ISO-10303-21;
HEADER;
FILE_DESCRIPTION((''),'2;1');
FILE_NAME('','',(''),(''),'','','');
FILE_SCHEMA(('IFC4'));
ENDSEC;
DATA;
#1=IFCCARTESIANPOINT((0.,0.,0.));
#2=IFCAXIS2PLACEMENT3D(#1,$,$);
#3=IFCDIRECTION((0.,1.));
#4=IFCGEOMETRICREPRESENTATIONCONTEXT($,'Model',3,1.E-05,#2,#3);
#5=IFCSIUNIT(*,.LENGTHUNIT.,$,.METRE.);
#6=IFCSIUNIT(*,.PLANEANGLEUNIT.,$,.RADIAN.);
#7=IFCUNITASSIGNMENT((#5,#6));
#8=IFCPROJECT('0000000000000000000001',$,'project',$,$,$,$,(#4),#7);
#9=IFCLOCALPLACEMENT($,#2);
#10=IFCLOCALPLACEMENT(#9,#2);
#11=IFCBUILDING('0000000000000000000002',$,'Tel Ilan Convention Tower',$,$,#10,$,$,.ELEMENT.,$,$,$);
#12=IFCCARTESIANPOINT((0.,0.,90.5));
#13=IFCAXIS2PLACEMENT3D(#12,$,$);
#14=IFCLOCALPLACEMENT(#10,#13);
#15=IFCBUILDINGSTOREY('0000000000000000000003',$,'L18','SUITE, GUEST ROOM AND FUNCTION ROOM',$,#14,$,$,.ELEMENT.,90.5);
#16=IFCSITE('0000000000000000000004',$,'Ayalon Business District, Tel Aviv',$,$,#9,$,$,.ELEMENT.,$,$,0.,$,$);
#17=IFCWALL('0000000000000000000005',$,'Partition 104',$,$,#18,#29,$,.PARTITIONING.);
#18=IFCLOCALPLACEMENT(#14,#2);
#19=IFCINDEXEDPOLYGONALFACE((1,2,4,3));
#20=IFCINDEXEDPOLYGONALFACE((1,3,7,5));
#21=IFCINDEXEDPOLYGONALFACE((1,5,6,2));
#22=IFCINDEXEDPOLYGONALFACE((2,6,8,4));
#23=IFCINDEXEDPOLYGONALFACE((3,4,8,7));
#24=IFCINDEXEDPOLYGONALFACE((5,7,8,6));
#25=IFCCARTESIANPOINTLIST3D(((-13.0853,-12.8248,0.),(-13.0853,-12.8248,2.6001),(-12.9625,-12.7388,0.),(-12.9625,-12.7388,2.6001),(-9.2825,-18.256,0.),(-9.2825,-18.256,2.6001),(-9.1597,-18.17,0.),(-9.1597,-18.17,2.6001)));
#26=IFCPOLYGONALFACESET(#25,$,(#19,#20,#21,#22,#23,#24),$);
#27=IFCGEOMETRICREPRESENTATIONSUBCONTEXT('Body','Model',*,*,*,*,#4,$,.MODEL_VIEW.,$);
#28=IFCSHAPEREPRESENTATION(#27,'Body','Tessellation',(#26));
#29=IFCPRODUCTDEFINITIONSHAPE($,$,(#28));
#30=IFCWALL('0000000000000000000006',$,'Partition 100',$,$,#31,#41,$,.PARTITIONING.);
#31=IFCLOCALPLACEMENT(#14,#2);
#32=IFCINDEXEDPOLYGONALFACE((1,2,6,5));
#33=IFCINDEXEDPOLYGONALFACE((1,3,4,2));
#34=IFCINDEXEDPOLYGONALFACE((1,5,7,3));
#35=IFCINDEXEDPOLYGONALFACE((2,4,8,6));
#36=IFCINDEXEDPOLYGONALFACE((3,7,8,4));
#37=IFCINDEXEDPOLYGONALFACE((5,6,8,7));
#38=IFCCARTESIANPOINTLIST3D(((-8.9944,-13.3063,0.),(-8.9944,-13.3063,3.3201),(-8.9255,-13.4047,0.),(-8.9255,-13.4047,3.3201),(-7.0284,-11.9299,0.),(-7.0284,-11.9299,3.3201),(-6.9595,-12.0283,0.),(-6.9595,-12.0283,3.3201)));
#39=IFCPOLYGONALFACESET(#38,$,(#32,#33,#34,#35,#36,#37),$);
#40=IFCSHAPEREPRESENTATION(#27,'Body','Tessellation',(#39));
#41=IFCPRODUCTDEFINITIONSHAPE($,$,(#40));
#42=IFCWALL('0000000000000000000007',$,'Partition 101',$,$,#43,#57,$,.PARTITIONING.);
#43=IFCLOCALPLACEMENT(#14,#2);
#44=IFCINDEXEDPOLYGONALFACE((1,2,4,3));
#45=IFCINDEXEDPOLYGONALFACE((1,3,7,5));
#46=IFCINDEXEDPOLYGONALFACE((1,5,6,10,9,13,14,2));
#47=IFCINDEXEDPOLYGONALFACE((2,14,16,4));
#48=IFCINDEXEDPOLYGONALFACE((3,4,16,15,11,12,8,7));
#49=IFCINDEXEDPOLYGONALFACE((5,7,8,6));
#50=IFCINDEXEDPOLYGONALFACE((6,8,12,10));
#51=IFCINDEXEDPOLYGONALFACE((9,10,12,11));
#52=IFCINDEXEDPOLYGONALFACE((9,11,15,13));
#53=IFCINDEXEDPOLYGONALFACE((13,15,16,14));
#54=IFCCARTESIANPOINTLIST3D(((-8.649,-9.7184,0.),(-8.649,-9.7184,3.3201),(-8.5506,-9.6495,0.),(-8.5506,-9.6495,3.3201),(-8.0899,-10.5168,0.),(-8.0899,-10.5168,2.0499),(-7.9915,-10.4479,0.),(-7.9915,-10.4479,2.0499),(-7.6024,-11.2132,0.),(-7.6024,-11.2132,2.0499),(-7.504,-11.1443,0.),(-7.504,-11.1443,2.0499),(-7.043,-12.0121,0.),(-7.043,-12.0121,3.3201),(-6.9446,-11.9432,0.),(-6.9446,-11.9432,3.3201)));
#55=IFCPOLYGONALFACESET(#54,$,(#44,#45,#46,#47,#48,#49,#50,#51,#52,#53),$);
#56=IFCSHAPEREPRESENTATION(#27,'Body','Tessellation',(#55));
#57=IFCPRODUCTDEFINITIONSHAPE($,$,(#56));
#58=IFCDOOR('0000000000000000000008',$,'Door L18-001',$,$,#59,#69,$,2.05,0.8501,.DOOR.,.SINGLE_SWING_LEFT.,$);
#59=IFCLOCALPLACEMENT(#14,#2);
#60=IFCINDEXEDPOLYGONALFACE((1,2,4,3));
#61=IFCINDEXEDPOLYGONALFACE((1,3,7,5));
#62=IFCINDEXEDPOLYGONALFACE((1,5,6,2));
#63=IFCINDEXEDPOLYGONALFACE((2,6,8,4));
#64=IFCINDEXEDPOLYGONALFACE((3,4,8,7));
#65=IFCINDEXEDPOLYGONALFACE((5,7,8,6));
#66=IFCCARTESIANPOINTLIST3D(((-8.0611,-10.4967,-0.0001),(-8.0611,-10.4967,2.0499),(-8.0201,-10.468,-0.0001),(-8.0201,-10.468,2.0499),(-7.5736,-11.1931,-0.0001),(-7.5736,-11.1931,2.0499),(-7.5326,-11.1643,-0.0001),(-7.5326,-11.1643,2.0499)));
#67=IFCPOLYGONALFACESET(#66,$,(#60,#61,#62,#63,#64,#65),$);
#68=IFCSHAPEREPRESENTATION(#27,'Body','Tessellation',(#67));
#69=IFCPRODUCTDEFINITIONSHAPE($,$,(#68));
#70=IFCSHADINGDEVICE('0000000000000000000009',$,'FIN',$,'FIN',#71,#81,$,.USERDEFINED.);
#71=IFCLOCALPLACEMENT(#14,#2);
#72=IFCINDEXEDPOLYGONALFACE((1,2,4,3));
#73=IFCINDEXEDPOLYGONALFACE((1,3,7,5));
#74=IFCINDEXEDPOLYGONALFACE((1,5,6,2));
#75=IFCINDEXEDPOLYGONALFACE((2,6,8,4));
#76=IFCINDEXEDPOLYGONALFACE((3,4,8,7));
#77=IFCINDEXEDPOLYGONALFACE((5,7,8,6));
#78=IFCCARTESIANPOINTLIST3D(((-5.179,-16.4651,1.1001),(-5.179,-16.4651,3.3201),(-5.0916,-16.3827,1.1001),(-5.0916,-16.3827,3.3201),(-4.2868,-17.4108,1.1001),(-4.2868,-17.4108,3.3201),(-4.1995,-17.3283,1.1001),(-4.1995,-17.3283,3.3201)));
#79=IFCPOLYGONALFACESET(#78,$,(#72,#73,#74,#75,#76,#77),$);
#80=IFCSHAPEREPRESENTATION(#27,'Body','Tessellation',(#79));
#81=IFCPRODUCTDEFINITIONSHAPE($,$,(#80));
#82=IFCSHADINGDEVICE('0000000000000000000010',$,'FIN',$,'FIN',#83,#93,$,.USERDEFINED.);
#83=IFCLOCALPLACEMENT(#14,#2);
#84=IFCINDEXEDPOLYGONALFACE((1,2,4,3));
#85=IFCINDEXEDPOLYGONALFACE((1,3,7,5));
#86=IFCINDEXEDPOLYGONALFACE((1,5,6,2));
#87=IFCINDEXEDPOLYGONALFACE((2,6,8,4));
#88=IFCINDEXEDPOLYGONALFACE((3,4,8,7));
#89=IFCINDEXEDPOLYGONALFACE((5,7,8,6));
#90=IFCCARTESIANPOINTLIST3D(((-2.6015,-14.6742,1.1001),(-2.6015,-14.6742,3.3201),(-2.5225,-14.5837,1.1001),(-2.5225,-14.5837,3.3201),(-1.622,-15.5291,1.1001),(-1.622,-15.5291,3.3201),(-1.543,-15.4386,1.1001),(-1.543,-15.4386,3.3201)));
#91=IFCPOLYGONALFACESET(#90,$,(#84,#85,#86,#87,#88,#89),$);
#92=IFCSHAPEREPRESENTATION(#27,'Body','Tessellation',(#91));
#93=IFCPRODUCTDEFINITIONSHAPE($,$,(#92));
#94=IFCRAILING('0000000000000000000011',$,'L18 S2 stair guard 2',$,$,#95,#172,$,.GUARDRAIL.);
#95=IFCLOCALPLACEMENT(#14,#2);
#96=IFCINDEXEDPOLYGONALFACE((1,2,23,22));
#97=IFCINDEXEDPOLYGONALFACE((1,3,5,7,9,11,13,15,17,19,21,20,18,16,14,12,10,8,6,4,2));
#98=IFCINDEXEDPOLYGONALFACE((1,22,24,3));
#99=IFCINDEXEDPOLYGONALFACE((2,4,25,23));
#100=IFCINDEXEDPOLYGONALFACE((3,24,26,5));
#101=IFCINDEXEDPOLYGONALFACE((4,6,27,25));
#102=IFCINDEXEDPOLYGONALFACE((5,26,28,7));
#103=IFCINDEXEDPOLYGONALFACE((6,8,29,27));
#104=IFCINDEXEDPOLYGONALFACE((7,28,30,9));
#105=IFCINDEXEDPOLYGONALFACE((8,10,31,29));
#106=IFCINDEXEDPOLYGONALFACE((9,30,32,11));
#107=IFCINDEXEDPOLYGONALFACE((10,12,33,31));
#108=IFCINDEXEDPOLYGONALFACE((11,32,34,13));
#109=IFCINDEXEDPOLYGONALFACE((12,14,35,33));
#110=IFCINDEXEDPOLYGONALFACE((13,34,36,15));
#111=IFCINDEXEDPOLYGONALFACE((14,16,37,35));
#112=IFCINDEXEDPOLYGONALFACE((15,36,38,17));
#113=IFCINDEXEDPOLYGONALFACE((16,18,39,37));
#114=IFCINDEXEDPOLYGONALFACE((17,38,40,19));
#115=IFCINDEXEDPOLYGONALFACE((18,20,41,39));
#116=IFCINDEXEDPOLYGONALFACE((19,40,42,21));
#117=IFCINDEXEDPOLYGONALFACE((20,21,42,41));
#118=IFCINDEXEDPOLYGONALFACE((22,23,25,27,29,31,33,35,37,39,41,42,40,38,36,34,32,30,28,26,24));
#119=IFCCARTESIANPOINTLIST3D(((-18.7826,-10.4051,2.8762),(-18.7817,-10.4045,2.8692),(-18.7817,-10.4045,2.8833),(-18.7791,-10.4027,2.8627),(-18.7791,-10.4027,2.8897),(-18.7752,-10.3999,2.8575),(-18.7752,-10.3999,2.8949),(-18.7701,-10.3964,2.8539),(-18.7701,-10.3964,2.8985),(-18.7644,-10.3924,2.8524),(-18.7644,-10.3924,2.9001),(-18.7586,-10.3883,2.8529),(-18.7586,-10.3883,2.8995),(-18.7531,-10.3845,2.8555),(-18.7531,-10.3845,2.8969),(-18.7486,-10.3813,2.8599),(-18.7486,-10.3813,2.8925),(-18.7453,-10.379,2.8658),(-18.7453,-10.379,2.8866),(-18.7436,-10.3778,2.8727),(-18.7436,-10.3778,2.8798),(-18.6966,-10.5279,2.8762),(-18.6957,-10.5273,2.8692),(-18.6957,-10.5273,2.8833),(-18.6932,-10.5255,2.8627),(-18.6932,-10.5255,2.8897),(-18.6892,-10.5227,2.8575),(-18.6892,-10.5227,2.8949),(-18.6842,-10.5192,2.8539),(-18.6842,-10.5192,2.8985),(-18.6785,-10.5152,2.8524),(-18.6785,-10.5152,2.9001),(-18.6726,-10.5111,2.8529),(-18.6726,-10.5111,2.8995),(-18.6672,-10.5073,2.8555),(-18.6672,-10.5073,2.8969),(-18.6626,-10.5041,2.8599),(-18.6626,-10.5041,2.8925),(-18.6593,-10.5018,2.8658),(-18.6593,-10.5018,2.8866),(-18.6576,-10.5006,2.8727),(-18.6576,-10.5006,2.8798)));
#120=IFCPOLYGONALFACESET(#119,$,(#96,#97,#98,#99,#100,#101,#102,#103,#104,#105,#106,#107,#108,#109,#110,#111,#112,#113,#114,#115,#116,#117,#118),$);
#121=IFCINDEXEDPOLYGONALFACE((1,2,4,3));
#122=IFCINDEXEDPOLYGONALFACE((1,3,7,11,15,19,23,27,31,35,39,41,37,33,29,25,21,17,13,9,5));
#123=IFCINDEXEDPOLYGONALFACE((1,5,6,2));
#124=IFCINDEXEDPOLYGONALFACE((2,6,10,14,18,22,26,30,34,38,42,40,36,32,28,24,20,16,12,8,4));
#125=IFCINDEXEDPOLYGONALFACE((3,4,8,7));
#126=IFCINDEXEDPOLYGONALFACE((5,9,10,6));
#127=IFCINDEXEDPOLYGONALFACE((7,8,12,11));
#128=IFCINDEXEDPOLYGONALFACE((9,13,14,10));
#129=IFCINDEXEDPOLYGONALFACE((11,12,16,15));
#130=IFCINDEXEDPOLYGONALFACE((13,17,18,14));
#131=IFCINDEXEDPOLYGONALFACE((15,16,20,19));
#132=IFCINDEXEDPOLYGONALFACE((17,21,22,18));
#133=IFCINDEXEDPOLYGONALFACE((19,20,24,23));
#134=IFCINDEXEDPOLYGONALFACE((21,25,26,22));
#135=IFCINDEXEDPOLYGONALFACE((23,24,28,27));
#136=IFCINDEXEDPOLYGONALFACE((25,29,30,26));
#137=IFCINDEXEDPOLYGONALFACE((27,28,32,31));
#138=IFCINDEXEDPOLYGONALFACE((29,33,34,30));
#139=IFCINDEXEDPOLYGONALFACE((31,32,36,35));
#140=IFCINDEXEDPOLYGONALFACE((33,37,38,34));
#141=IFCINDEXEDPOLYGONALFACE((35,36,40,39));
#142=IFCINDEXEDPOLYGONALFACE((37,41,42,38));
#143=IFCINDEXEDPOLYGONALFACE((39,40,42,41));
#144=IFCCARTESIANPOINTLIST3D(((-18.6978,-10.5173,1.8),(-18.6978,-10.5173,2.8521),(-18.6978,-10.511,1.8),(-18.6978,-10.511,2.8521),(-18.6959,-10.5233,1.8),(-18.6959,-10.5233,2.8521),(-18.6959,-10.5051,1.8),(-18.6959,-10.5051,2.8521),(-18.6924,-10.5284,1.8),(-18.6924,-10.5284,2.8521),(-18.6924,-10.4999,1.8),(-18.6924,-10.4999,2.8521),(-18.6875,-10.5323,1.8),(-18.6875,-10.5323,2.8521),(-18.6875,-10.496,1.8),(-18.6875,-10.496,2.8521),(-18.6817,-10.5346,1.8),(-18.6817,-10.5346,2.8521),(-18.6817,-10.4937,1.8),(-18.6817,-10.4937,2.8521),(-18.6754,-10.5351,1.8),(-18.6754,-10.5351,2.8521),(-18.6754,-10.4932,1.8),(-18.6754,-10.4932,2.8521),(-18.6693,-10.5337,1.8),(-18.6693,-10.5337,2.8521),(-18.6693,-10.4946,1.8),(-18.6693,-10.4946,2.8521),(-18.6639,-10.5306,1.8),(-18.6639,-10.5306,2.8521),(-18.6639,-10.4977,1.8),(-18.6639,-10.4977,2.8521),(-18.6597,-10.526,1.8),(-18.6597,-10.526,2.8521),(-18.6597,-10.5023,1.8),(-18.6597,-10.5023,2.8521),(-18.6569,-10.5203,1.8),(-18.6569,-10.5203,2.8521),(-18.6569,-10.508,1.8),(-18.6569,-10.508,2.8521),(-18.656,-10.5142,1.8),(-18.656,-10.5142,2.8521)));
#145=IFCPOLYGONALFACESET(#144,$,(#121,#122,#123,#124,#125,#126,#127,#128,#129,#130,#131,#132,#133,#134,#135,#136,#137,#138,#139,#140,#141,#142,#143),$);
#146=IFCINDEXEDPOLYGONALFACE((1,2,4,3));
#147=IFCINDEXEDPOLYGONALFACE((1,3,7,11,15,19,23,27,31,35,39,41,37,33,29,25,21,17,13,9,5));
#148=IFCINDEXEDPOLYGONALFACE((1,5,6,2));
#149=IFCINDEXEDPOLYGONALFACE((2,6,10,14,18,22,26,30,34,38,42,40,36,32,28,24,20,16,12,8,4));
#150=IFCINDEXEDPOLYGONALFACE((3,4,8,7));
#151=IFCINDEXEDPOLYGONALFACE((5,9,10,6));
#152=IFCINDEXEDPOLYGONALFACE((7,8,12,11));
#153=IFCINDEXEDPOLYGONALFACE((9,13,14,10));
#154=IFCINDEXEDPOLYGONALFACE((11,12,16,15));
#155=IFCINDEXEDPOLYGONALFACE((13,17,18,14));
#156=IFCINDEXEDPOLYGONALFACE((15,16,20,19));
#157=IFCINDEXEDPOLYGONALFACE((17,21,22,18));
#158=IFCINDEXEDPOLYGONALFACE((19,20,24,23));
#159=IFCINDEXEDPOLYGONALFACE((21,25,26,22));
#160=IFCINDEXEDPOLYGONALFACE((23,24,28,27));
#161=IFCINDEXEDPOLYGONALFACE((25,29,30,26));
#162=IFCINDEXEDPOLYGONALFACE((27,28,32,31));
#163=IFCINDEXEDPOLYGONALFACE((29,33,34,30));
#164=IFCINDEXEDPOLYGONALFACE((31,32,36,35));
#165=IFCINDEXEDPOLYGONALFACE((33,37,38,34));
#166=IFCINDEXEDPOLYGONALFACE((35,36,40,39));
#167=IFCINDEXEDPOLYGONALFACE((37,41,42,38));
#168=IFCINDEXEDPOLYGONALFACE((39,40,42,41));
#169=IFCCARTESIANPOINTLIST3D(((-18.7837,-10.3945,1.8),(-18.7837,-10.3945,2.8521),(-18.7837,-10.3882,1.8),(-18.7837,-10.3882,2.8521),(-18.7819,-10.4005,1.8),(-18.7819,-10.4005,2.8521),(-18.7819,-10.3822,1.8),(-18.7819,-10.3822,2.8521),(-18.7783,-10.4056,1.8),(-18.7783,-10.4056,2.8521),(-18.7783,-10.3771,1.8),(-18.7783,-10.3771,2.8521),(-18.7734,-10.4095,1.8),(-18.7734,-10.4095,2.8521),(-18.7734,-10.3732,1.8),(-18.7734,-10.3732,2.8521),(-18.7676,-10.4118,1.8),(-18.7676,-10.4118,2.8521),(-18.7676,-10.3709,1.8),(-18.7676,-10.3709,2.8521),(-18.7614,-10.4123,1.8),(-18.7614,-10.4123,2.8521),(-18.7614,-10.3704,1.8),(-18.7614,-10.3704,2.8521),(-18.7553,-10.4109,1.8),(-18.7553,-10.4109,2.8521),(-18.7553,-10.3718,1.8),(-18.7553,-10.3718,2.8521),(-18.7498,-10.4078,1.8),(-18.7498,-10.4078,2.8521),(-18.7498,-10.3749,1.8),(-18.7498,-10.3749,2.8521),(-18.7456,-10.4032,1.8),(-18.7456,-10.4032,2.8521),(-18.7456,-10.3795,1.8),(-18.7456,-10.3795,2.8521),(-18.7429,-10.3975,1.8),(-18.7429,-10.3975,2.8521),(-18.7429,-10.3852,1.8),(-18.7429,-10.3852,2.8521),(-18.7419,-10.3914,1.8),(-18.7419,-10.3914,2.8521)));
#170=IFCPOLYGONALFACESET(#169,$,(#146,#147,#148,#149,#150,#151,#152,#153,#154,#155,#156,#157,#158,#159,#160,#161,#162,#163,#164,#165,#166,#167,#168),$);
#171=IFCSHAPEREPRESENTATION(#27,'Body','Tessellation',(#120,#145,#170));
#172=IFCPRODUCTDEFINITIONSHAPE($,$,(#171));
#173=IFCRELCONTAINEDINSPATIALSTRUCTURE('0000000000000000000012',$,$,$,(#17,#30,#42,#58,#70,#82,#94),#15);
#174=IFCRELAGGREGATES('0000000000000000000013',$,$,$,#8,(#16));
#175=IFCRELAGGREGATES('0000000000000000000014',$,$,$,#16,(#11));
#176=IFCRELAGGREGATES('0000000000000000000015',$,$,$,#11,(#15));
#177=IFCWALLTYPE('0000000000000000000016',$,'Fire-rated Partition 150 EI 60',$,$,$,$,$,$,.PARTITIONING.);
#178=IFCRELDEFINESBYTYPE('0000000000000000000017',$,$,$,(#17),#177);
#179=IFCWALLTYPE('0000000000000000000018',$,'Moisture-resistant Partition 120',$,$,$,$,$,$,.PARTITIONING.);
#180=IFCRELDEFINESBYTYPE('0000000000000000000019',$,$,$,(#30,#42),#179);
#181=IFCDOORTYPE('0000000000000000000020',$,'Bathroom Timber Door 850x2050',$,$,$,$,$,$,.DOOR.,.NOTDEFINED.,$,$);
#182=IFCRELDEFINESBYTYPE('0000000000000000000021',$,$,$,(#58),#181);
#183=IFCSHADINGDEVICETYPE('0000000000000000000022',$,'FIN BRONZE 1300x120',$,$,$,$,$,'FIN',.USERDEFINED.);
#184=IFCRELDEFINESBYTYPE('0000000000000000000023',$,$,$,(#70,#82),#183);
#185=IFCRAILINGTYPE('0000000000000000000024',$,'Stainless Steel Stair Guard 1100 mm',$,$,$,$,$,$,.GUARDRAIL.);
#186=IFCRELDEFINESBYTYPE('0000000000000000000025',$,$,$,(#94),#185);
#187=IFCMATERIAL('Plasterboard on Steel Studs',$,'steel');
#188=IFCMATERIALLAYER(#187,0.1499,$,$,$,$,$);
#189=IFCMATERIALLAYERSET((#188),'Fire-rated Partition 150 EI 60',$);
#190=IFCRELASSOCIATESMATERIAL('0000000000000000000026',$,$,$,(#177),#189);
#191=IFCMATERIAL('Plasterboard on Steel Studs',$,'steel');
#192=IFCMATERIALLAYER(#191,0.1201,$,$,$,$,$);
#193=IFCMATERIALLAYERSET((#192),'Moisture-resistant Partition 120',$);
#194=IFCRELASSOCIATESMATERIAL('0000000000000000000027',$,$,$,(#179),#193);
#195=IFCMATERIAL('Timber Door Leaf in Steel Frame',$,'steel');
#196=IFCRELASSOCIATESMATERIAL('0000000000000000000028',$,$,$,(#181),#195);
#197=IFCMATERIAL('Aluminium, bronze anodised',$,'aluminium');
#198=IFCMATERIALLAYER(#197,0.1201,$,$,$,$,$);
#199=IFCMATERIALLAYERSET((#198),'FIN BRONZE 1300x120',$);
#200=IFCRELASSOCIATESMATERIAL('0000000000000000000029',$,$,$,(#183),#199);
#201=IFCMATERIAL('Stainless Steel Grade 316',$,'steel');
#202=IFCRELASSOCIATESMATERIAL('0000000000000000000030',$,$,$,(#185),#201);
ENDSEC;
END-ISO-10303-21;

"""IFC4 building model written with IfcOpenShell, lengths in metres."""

from ifc_helpers import new_model, si_unit, direction, frame, frame_2d, origin, origin_2d, place, context, subcontext, project, spatial, rectangle, circle, extrude, material, layer, layer_set, type_object, element, fill, save


model = new_model("IFC4")

# Units and contexts
model_context = context("Model", 3, precision=1e-05, world=origin(), true_north=direction((0.0, 1.0)))
body_context = subcontext(model_context, "Body", "Model", "MODEL_VIEW")
ifc_project = project(units=[si_unit("LENGTHUNIT", "METRE"), si_unit("PLANEANGLEUNIT", "RADIAN")], contexts=[model_context])

# Site, building, storey
site_placement = place(None, origin())
site = spatial("IfcSite", under=ifc_project, at=site_placement, Name="Ayalon Business District, Tel Aviv", CompositionType="ELEMENT", RefElevation=0.0)
building_placement = place(site_placement, origin())
building = spatial("IfcBuilding", under=site, at=building_placement, Name="Tel Ilan Convention Tower", CompositionType="ELEMENT")
storey_placement = place(building_placement, frame((0.0, 0.0, 90.5)))
storey = spatial("IfcBuildingStorey", under=building, at=storey_placement, Name="L18", Description="SUITE, GUEST ROOM AND FUNCTION ROOM", CompositionType="ELEMENT", Elevation=90.5)

# Shared definitions
ifc_material_1 = material(Name="Plasterboard on Steel Studs", Category="steel")
ifc_layer_1 = layer(ifc_material_1, 0.1499)
ifc_layer_set_1 = layer_set([ifc_layer_1], Name="Fire-rated Partition 150 EI 60")
wall_type_1 = type_object("IfcWallType", Name="Fire-rated Partition 150 EI 60", PredefinedType="PARTITIONING", material=ifc_layer_set_1)

# Walls
wall_1_placement = place(storey_placement, frame((-9.2212, -18.2129, 0.0), z_axis=(0.0, 0.0, 1.0), x_axis=(-0.573556, 0.819166, 0.0)))
element("IfcWall", 1, at=wall_1_placement, inside=storey, type_object=wall_type_1, Name="Partition 104", PredefinedType="PARTITIONING", context=body_context, shape_type="SweptSolid", body=[
    extrude(rectangle(XDim=6.6301, YDim=0.1499, at=frame_2d((3.3149, 0.0))), origin(), (0.0, 0.0, 1.0), 2.6001),
])
ifc_material_2 = material(Name="Plasterboard on Steel Studs", Category="steel")
ifc_layer_2 = layer(ifc_material_2, 0.1201)
ifc_layer_set_2 = layer_set([ifc_layer_2], Name="Moisture-resistant Partition 120")
wall_type_2 = type_object("IfcWallType", Name="Moisture-resistant Partition 120", PredefinedType="PARTITIONING", material=ifc_layer_set_2)
wall_2_placement = place(storey_placement, frame((-8.96, -13.3555, 0.0), z_axis=(0.0, 0.0, 1.0), x_axis=(0.819189, 0.573524, 0.0)))
element("IfcWall", 2, at=wall_2_placement, inside=storey, type_object=wall_type_2, Name="Partition 100", PredefinedType="PARTITIONING", context=body_context, shape_type="SweptSolid", body=[
    extrude(rectangle(XDim=2.3999, YDim=0.1201, at=frame_2d((1.2, 0.0))), origin(), (0.0, 0.0, 1.0), 3.3201),
])

# Wall, opening, door
wall_3_placement = place(storey_placement, frame((-6.9939, -11.9775, 0.0), z_axis=(0.0, 0.0, 1.0), x_axis=(-0.57355, 0.81917, 0.0)))
wall_3 = element("IfcWall", 3, at=wall_3_placement, inside=storey, type_object=wall_type_2, Name="Partition 101", PredefinedType="PARTITIONING", context=body_context, shape_type="SweptSolid", body=[
    extrude(rectangle(XDim=2.8, YDim=0.1201, at=frame_2d((1.3999, 0.0))), origin(), (0.0, 0.0, 1.0), 3.3201),
])
opening_1_placement = place(wall_3_placement, frame((0.9751, 0.0, 0.0)))
opening_1 = element("IfcOpeningElement", 4, at=opening_1_placement, cuts=wall_3, PredefinedType="OPENING", context=body_context, shape_type="SweptSolid", body=[
    extrude(rectangle(XDim=0.8501, YDim=2.05, at=frame_2d((0.425, 1.0249))), frame((0.0, 0.0701, 0.0), z_axis=(0.0, -1.0, 0.0), x_axis=(1.0, 0.0, 0.0)), (0.0, 0.0, 1.0), 0.1401),
])
ifc_material_3 = material(Name="Timber Door Leaf in Steel Frame", Category="steel")
door_type_1 = type_object("IfcDoorType", Name="Bathroom Timber Door 850x2050", OperationType="NOTDEFINED", PredefinedType="DOOR", material=ifc_material_3)
door_1_placement = place(opening_1_placement, origin())
door_1 = element("IfcDoor", 5, at=door_1_placement, inside=storey, type_object=door_type_1, Name="Door L18-001", OperationType="SINGLE_SWING_LEFT", OverallHeight=2.05, OverallWidth=0.8501, PredefinedType="DOOR", context=body_context, shape_type="SweptSolid", body=[
    extrude(rectangle(XDim=0.8501, YDim=2.05, at=frame_2d((0.425, 1.0249))), frame((0.0, 0.0249, 0.0), z_axis=(0.0, -1.0, 0.0), x_axis=(1.0, 0.0, 0.0)), (0.0, 0.0, 1.0), 0.05),
])
fill(opening_1, door_1)

# Shading devices
ifc_material_4 = material(Name="Aluminium, bronze anodised", Category="aluminium")
ifc_layer_3 = layer(ifc_material_4, 0.1201)
ifc_layer_set_3 = layer_set([ifc_layer_3], Name="FIN BRONZE 1300x120")
shading_device_type = type_object("IfcShadingDeviceType", Name="FIN BRONZE 1300x120", ElementType="FIN", PredefinedType="USERDEFINED", material=ifc_layer_set_3)
for number, where, z_axis, x_axis, name in (
    (6, (-4.6892, -16.8967, 1.1001), (0.0, 0.0, 1.0), (0.686242, -0.727374, 0.0), "FIN"),
    (7, (-2.0723, -15.0564, 1.1001), (0.0, 0.0, 1.0), (0.753436, -0.657521, 0.0), "FIN"),
):
    element("IfcShadingDevice", number, at=place(storey_placement, frame(where, z_axis=z_axis, x_axis=x_axis)), inside=storey, type_object=shading_device_type, Name=name, ObjectType="FIN", PredefinedType="USERDEFINED", context=body_context, shape_type="SweptSolid", body=[
        extrude(rectangle(XDim=1.3, YDim=0.1201, at=origin_2d()), origin(), (0.0, 0.0, 1.0), 2.22),
    ])

# Railing
ifc_material_5 = material(Name="Stainless Steel Grade 316", Category="steel")
railing_type = type_object("IfcRailingType", Name="Stainless Steel Stair Guard 1100 mm", PredefinedType="GUARDRAIL", material=ifc_material_5)
railing_1_placement = place(storey_placement, frame((-18.677, -10.5142, 1.8)))
element("IfcRailing", 8, at=railing_1_placement, inside=storey, type_object=railing_type, Name="L18 S2 stair guard 2", PredefinedType="GUARDRAIL", context=body_context, shape_type="SweptSolid", body=[
    extrude(circle(Radius=0.0239, at=origin_2d()), frame((0.0, 0.0, 1.0762), z_axis=(-0.573353, 0.819308, 0.0), x_axis=(-0.819308, -0.573353, 0.0)), (0.0, 0.0, 1.0), 0.1499),
    extrude(circle(Radius=0.021, at=origin_2d()), origin(), (0.0, 0.0, 1.0), 1.052),
    extrude(circle(Radius=0.021, at=origin_2d()), frame((-0.0859, 0.1228, 0.0)), (0.0, 0.0, 1.0), 1.052),
])

save(model, "model.ifc")
